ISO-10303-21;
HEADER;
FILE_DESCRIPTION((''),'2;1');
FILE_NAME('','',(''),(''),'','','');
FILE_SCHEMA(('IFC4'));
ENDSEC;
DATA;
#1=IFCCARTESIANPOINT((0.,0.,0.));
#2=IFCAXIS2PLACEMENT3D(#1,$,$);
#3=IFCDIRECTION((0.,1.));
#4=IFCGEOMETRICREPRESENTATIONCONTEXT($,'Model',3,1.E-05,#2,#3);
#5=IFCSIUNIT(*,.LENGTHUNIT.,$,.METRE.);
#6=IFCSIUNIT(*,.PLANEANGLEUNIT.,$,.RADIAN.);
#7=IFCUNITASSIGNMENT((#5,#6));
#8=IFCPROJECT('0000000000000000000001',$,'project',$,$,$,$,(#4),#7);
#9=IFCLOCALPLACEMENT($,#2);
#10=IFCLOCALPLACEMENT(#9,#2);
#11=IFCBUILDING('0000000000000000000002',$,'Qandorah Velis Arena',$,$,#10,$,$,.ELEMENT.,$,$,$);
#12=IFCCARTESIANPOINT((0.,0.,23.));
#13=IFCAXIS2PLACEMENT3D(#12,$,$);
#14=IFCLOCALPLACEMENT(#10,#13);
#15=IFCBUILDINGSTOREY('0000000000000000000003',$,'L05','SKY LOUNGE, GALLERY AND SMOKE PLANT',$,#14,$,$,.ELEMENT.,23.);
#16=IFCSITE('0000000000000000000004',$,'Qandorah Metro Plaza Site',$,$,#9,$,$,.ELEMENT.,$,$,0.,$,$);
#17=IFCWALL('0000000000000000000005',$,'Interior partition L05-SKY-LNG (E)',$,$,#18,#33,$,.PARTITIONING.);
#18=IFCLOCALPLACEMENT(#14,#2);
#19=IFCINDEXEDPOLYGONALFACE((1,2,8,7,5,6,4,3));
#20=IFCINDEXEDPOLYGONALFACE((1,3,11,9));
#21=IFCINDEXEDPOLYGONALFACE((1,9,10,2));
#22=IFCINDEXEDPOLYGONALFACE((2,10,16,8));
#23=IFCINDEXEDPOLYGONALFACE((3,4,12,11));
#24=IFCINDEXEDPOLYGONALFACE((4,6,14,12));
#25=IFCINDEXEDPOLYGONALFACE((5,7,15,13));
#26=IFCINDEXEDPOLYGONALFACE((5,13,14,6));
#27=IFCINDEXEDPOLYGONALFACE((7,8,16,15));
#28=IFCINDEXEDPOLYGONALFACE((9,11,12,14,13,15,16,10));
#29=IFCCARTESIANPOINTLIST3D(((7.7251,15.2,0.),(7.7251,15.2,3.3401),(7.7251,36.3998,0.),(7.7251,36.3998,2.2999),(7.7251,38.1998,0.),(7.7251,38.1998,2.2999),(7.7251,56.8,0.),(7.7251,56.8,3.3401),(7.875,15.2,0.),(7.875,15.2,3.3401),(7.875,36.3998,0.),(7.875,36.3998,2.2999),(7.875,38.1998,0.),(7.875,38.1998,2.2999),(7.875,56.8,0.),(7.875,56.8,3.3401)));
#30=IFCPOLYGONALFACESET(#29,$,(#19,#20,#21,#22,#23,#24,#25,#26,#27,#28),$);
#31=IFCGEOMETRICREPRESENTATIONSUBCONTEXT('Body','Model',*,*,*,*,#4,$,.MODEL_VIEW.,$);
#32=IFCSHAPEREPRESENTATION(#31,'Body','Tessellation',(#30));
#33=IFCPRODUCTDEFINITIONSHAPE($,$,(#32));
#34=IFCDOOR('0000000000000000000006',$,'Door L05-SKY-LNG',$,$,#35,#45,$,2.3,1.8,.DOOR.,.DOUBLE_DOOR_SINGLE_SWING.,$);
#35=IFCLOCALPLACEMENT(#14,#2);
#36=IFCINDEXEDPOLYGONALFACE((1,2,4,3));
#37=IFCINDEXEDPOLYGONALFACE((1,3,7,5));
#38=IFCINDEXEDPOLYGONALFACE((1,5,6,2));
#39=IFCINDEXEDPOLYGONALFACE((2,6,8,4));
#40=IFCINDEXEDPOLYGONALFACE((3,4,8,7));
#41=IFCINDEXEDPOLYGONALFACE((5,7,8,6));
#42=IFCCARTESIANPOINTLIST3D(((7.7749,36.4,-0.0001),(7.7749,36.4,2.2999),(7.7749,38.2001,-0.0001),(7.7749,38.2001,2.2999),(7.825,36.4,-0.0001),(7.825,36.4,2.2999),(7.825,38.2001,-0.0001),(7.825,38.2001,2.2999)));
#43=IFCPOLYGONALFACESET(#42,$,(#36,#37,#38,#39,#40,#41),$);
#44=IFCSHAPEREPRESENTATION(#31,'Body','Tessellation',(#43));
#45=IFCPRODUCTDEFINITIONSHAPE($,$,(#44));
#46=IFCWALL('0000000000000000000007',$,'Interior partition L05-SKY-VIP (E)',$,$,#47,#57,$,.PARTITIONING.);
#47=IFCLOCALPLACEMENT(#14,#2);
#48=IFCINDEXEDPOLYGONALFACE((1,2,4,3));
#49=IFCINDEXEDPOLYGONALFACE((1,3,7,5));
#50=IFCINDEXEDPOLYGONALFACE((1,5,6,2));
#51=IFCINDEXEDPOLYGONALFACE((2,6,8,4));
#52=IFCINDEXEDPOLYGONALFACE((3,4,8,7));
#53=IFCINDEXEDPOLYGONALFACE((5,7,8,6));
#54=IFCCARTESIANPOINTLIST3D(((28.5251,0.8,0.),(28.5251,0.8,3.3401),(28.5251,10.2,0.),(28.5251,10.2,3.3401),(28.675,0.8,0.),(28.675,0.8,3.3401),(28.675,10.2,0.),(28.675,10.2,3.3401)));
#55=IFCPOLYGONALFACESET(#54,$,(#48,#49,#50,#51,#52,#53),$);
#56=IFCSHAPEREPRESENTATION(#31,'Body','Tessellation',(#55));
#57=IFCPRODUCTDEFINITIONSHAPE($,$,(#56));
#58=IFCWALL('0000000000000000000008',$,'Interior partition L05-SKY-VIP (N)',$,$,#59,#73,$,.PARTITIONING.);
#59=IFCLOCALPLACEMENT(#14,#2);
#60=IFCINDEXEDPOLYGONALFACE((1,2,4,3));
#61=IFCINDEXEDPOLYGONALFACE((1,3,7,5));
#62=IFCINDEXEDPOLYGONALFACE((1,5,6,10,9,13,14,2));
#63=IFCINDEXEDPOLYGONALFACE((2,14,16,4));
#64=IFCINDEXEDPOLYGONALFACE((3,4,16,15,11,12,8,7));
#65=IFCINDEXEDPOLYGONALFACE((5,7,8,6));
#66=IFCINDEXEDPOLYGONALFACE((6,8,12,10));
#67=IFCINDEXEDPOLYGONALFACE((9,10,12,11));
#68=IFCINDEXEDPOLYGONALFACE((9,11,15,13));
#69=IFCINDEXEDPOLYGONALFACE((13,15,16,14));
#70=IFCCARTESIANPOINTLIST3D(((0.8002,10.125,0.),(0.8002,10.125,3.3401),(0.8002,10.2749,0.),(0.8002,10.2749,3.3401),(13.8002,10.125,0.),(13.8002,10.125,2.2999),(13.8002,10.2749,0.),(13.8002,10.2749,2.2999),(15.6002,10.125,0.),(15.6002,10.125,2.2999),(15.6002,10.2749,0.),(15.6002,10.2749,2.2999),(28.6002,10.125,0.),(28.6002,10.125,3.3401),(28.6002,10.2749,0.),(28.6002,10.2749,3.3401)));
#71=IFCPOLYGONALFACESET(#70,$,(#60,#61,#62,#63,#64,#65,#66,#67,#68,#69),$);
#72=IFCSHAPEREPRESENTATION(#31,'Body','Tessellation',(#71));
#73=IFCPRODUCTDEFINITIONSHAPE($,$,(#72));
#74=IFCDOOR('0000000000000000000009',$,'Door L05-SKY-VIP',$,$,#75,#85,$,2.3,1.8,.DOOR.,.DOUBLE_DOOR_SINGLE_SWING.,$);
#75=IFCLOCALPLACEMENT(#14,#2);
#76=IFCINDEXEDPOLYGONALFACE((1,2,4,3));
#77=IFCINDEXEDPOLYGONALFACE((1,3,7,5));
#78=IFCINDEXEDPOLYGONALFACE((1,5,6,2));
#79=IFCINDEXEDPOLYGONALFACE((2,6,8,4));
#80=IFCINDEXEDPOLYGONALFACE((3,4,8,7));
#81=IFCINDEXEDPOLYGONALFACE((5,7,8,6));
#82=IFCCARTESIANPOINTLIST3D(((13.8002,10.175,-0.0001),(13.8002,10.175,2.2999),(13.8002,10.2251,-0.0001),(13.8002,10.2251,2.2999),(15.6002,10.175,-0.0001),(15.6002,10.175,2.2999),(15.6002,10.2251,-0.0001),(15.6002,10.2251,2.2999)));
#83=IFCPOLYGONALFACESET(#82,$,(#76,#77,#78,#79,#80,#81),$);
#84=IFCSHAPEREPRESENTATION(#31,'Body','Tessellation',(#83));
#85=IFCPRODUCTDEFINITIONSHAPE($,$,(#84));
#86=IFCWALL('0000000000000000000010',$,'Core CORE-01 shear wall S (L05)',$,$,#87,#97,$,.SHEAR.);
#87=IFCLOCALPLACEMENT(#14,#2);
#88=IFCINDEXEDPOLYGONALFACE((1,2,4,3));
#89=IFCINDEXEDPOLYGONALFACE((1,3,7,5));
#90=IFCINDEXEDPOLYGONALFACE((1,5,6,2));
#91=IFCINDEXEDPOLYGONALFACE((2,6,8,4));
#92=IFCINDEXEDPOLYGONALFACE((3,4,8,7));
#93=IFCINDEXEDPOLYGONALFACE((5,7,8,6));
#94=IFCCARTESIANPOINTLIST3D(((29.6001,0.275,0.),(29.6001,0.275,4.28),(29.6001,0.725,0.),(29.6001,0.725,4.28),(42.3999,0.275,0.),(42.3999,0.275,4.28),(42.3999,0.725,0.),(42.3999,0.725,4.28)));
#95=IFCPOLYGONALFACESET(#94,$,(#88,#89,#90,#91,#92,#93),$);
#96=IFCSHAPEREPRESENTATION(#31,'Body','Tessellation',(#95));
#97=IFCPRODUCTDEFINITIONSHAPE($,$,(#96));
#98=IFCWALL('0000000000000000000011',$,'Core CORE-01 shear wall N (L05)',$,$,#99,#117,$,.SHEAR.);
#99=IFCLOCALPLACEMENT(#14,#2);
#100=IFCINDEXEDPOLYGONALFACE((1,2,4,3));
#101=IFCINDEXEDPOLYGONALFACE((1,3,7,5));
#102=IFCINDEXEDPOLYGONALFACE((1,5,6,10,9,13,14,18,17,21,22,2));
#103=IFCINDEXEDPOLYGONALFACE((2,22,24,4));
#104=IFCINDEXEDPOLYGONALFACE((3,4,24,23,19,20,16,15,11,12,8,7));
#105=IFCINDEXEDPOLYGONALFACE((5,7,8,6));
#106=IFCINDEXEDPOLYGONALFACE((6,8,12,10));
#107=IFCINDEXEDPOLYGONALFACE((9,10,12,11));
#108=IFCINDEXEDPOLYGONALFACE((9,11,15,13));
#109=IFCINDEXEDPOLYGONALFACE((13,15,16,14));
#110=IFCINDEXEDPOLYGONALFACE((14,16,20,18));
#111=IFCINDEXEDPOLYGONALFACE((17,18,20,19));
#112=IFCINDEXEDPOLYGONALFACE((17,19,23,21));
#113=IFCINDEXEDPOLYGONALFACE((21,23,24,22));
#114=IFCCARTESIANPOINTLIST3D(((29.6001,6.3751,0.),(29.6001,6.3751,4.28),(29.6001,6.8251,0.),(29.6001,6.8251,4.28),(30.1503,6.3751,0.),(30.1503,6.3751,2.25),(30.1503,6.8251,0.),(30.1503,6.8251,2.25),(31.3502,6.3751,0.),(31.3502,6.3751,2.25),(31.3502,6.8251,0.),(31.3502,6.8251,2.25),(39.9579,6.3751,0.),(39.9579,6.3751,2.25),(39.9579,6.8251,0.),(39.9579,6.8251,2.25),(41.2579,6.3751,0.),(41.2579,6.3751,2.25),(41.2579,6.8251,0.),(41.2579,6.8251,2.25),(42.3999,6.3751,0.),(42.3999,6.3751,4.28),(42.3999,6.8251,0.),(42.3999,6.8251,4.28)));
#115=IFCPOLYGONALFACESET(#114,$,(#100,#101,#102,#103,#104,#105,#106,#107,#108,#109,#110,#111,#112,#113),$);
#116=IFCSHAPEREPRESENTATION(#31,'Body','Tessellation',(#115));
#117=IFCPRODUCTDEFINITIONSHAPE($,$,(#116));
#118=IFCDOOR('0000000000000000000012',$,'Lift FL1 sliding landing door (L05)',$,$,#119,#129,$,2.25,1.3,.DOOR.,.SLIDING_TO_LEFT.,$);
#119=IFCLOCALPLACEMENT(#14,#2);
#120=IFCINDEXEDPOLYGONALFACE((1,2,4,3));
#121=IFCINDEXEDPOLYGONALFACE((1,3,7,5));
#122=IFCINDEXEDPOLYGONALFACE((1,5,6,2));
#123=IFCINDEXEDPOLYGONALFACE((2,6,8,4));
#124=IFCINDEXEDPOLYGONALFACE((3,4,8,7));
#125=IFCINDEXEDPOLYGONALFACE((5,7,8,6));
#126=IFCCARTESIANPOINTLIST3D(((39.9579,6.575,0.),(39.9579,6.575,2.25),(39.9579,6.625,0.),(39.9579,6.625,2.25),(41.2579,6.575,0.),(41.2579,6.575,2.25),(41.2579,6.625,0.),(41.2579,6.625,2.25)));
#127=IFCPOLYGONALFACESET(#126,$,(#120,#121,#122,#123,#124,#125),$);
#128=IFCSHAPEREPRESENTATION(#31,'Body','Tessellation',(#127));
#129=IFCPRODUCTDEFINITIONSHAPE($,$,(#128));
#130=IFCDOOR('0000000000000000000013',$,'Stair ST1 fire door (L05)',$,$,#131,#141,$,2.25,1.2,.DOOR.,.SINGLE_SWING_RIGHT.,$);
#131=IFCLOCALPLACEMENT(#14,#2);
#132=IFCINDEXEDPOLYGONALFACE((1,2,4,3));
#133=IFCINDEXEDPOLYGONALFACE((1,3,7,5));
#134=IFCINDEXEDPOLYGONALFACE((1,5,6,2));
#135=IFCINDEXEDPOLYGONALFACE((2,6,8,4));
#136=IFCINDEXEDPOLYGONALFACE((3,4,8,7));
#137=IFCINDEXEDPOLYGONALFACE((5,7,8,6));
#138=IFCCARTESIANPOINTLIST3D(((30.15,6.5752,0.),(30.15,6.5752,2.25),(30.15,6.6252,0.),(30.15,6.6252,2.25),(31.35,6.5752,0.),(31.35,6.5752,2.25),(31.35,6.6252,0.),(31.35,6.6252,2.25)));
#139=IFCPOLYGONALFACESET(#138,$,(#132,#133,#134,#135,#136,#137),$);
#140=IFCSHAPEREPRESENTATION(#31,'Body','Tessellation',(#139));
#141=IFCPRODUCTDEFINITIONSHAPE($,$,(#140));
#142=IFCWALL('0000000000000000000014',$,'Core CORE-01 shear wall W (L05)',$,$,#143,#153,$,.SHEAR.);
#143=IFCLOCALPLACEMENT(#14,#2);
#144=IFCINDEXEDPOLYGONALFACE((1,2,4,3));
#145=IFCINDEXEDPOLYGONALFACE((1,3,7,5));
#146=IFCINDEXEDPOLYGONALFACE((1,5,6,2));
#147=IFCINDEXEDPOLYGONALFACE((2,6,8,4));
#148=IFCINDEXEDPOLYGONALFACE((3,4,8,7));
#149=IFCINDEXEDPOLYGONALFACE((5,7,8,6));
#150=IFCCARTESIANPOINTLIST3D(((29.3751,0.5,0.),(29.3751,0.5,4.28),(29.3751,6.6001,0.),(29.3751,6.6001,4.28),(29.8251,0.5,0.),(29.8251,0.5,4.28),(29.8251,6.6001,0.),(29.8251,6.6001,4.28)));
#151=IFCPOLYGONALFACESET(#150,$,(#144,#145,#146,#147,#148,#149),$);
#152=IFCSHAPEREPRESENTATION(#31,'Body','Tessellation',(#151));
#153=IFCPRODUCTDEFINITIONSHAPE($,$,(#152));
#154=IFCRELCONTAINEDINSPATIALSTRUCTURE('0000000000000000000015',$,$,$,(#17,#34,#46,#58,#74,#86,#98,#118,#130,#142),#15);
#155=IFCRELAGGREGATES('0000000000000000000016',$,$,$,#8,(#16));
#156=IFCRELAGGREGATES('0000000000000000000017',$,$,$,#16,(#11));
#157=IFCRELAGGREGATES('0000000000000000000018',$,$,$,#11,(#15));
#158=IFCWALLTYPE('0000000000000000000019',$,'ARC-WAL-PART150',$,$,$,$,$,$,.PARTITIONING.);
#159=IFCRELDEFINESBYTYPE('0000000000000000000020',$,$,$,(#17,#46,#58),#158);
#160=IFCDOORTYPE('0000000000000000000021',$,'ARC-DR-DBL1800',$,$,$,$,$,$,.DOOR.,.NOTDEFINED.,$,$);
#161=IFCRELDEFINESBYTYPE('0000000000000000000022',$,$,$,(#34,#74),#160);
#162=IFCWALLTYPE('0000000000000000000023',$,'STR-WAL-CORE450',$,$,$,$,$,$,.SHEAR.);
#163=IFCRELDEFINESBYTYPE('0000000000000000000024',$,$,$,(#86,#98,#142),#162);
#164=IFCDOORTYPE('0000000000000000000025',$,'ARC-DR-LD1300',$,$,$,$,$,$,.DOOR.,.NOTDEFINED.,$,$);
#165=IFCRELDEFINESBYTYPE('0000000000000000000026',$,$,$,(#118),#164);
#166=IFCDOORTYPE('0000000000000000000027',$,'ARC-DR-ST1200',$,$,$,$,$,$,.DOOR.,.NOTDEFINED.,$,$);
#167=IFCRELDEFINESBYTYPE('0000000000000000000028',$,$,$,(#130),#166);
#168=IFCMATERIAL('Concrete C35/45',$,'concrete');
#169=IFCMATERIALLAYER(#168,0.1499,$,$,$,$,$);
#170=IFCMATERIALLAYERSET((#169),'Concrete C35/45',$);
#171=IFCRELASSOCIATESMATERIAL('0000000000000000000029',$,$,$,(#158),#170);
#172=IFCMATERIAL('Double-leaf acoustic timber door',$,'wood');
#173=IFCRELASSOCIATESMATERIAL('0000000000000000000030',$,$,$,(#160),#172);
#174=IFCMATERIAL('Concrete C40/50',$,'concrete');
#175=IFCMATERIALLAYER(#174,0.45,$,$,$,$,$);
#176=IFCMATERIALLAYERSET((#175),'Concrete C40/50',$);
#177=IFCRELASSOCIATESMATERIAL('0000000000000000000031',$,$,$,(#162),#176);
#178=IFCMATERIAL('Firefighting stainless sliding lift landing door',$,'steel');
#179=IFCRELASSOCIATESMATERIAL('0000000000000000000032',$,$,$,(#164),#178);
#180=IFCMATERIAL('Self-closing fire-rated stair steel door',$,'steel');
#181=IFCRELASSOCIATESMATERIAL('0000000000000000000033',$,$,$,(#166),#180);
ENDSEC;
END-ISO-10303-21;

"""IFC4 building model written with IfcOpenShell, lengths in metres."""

from ifc_helpers import new_model, si_unit, direction, frame, frame_2d, origin, place, context, subcontext, project, spatial, rectangle, extrude, material, layer, layer_set, type_object, element, fill, save


model = new_model("IFC4")

# Units and contexts
model_context = context("Model", 3, precision=1e-05, world=origin(), true_north=direction((0.0, 1.0)))
body_context = subcontext(model_context, "Body", "Model", "MODEL_VIEW")
ifc_project = project(units=[si_unit("LENGTHUNIT", "METRE"), si_unit("PLANEANGLEUNIT", "RADIAN")], contexts=[model_context])

# Site, building, storey
site_placement = place(None, origin())
site = spatial("IfcSite", under=ifc_project, at=site_placement, Name="Qandorah Metro Plaza Site", CompositionType="ELEMENT", RefElevation=0.0)
building_placement = place(site_placement, origin())
building = spatial("IfcBuilding", under=site, at=building_placement, Name="Qandorah Velis Arena", CompositionType="ELEMENT")
storey_placement = place(building_placement, frame((0.0, 0.0, 23.0)))
storey = spatial("IfcBuildingStorey", under=building, at=storey_placement, Name="L05", Description="SKY LOUNGE, GALLERY AND SMOKE PLANT", CompositionType="ELEMENT", Elevation=23.0)

# Shared definitions
ifc_material_1 = material(Name="Concrete C40/50", Category="concrete")

# Wall, opening, door
ifc_material_2 = material(Name="Concrete C35/45", Category="concrete")
ifc_layer_1 = layer(ifc_material_2, 0.1499)
ifc_layer_set_1 = layer_set([ifc_layer_1], Name="Concrete C35/45")
wall_type_1 = type_object("IfcWallType", Name="ARC-WAL-PART150", PredefinedType="PARTITIONING", material=ifc_layer_set_1)
wall_1_placement = place(storey_placement, frame((7.8, 15.2, 0.0), z_axis=(0.0, 0.0, 1.0), x_axis=(0.0, 1.0, 0.0)))
wall_1 = element("IfcWall", 1, at=wall_1_placement, inside=storey, type_object=wall_type_1, Name="Interior partition L05-SKY-LNG (E)", PredefinedType="PARTITIONING", context=body_context, shape_type="SweptSolid", body=[
    extrude(rectangle(XDim=41.6001, YDim=0.1499, at=frame_2d((20.8, 0.0))), origin(), (0.0, 0.0, 1.0), 3.3401),
])
opening_1_placement = place(wall_1_placement, frame((21.2, 0.0, 0.0)))
opening_1 = element("IfcOpeningElement", 2, at=opening_1_placement, cuts=wall_1, PredefinedType="OPENING", context=body_context, shape_type="SweptSolid", body=[
    extrude(rectangle(XDim=1.8, YDim=2.3, at=frame_2d((0.8999, 1.1499))), frame((0.0, 0.085, 0.0), z_axis=(0.0, -1.0, 0.0), x_axis=(1.0, 0.0, 0.0)), (0.0, 0.0, 1.0), 0.1699),
])
ifc_material_3 = material(Name="Double-leaf acoustic timber door", Category="wood")
door_type_1 = type_object("IfcDoorType", Name="ARC-DR-DBL1800", OperationType="NOTDEFINED", PredefinedType="DOOR", material=ifc_material_3)
door_1_placement = place(opening_1_placement, frame((1.8, 0.0, 0.0), z_axis=(0.0, 0.0, 1.0), x_axis=(-1.0, 0.0, 0.0)))
door_1 = element("IfcDoor", 3, at=door_1_placement, inside=storey, type_object=door_type_1, Name="Door L05-SKY-LNG", OperationType="DOUBLE_DOOR_SINGLE_SWING", OverallHeight=2.3, OverallWidth=1.8, PredefinedType="DOOR", context=body_context, shape_type="SweptSolid", body=[
    extrude(rectangle(XDim=1.8, YDim=2.3, at=frame_2d((0.8999, 1.1499))), frame((0.0, 0.0249, 0.0), z_axis=(0.0, -1.0, 0.0), x_axis=(1.0, 0.0, 0.0)), (0.0, 0.0, 1.0), 0.05),
])
fill(opening_1, door_1)

# Wall
wall_2_placement = place(storey_placement, frame((28.6001, 0.8, 0.0), z_axis=(0.0, 0.0, 1.0), x_axis=(0.0, 1.0, 0.0)))
element("IfcWall", 4, at=wall_2_placement, inside=storey, type_object=wall_type_1, Name="Interior partition L05-SKY-VIP (E)", PredefinedType="PARTITIONING", context=body_context, shape_type="SweptSolid", body=[
    extrude(rectangle(XDim=9.3999, YDim=0.1499, at=frame_2d((4.7, 0.0))), origin(), (0.0, 0.0, 1.0), 3.3401),
])

# Wall, opening, door
wall_3_placement = place(storey_placement, frame((28.6001, 10.2, 0.0), z_axis=(0.0, 0.0, 1.0), x_axis=(-1.0, 0.0, 0.0)))
wall_3 = element("IfcWall", 5, at=wall_3_placement, inside=storey, type_object=wall_type_1, Name="Interior partition L05-SKY-VIP (N)", PredefinedType="PARTITIONING", context=body_context, shape_type="SweptSolid", body=[
    extrude(rectangle(XDim=27.8, YDim=0.1499, at=frame_2d((13.8999, 0.0))), origin(), (0.0, 0.0, 1.0), 3.3401),
])
opening_2_placement = place(wall_3_placement, frame((13.0, 0.0, 0.0)))
opening_2 = element("IfcOpeningElement", 6, at=opening_2_placement, cuts=wall_3, PredefinedType="OPENING", context=body_context, shape_type="SweptSolid", body=[
    extrude(rectangle(XDim=1.8, YDim=2.3, at=frame_2d((0.8999, 1.1499))), frame((0.0, 0.085, 0.0), z_axis=(0.0, -1.0, 0.0), x_axis=(1.0, 0.0, 0.0)), (0.0, 0.0, 1.0), 0.1699),
])
door_2_placement = place(opening_2_placement, origin())
door_2 = element("IfcDoor", 7, at=door_2_placement, inside=storey, type_object=door_type_1, Name="Door L05-SKY-VIP", OperationType="DOUBLE_DOOR_SINGLE_SWING", OverallHeight=2.3, OverallWidth=1.8, PredefinedType="DOOR", context=body_context, shape_type="SweptSolid", body=[
    extrude(rectangle(XDim=1.8, YDim=2.3, at=frame_2d((0.8999, 1.1499))), frame((0.0, 0.0249, 0.0), z_axis=(0.0, -1.0, 0.0), x_axis=(1.0, 0.0, 0.0)), (0.0, 0.0, 1.0), 0.05),
])
fill(opening_2, door_2)

# Wall
ifc_layer_2 = layer(ifc_material_1, 0.45)
ifc_layer_set_2 = layer_set([ifc_layer_2], Name="Concrete C40/50")
wall_type_2 = type_object("IfcWallType", Name="STR-WAL-CORE450", PredefinedType="SHEAR", material=ifc_layer_set_2)
wall_4_placement = place(storey_placement, frame((29.6001, 0.5, 0.0), z_axis=(0.0, 0.0, 1.0), x_axis=(1.0, 0.0, 0.0)))
element("IfcWall", 8, at=wall_4_placement, inside=storey, type_object=wall_type_2, Name="Core CORE-01 shear wall S (L05)", PredefinedType="SHEAR", context=body_context, shape_type="SweptSolid", body=[
    extrude(rectangle(XDim=12.7998, YDim=0.45, at=frame_2d((6.3999, 0.0))), origin(), (0.0, 0.0, 1.0), 4.28),
])

# Wall, openings, doors
wall_5_placement = place(storey_placement, frame((29.6001, 6.6001, 0.0), z_axis=(0.0, 0.0, 1.0), x_axis=(1.0, 0.0, 0.0)))
wall_5 = element("IfcWall", 9, at=wall_5_placement, inside=storey, type_object=wall_type_2, Name="Core CORE-01 shear wall N (L05)", PredefinedType="SHEAR", context=body_context, shape_type="SweptSolid", body=[
    extrude(rectangle(XDim=12.7998, YDim=0.45, at=frame_2d((6.3999, 0.0))), origin(), (0.0, 0.0, 1.0), 4.28),
])
opening_3_placement = place(wall_5_placement, frame((0.55, 0.0, 0.0)))
opening_3 = element("IfcOpeningElement", 10, at=opening_3_placement, cuts=wall_5, PredefinedType="OPENING", context=body_context, shape_type="SweptSolid", body=[
    extrude(rectangle(XDim=1.2, YDim=2.25, at=frame_2d((0.6001, 1.125))), frame((0.0, 0.2349, 0.0), z_axis=(0.0, -1.0, 0.0), x_axis=(1.0, 0.0, 0.0)), (0.0, 0.0, 1.0), 0.47),
])
opening_4_placement = place(wall_5_placement, frame((10.3579, 0.0, 0.0)))
opening_4 = element("IfcOpeningElement", 11, at=opening_4_placement, cuts=wall_5, PredefinedType="OPENING", context=body_context, shape_type="SweptSolid", body=[
    extrude(rectangle(XDim=1.3, YDim=2.25, at=frame_2d((0.6499, 1.125))), frame((0.0, 0.2349, 0.0), z_axis=(0.0, -1.0, 0.0), x_axis=(1.0, 0.0, 0.0)), (0.0, 0.0, 1.0), 0.47),
])
ifc_material_4 = material(Name="Firefighting stainless sliding lift landing door", Category="steel")
door_type_2 = type_object("IfcDoorType", Name="ARC-DR-LD1300", OperationType="NOTDEFINED", PredefinedType="DOOR", material=ifc_material_4)
door_3_placement = place(opening_4_placement, origin())
door_3 = element("IfcDoor", 12, at=door_3_placement, inside=storey, type_object=door_type_2, Name="Lift FL1 sliding landing door (L05)", OperationType="SLIDING_TO_LEFT", OverallHeight=2.25, OverallWidth=1.3, PredefinedType="DOOR", context=body_context, shape_type="SweptSolid", body=[
    extrude(rectangle(XDim=1.3, YDim=2.25, at=frame_2d((0.6499, 1.125))), frame((0.0, 0.0249, 0.0), z_axis=(0.0, -1.0, 0.0), x_axis=(1.0, 0.0, 0.0)), (0.0, 0.0, 1.0), 0.05),
])
fill(opening_4, door_3)
ifc_material_5 = material(Name="Self-closing fire-rated stair steel door", Category="steel")
door_type_3 = type_object("IfcDoorType", Name="ARC-DR-ST1200", OperationType="NOTDEFINED", PredefinedType="DOOR", material=ifc_material_5)
door_4_placement = place(opening_3_placement, frame((1.2, 0.0, 0.0), z_axis=(0.0, 0.0, 1.0), x_axis=(-1.0, 0.0, 0.0)))
door_4 = element("IfcDoor", 13, at=door_4_placement, inside=storey, type_object=door_type_3, Name="Stair ST1 fire door (L05)", OperationType="SINGLE_SWING_RIGHT", OverallHeight=2.25, OverallWidth=1.2, PredefinedType="DOOR", context=body_context, shape_type="SweptSolid", body=[
    extrude(rectangle(XDim=1.2, YDim=2.25, at=frame_2d((0.6001, 1.125))), frame((0.0, 0.0249, 0.0), z_axis=(0.0, -1.0, 0.0), x_axis=(1.0, 0.0, 0.0)), (0.0, 0.0, 1.0), 0.05),
])
fill(opening_3, door_4)

# Wall
wall_6_placement = place(storey_placement, frame((29.6001, 0.5, 0.0), z_axis=(0.0, 0.0, 1.0), x_axis=(0.0, 1.0, 0.0)))
element("IfcWall", 14, at=wall_6_placement, inside=storey, type_object=wall_type_2, Name="Core CORE-01 shear wall W (L05)", PredefinedType="SHEAR", context=body_context, shape_type="SweptSolid", body=[
    extrude(rectangle(XDim=6.1001, YDim=0.45, at=frame_2d((3.05, 0.0))), origin(), (0.0, 0.0, 1.0), 4.28),
])

save(model, "model.ifc")
